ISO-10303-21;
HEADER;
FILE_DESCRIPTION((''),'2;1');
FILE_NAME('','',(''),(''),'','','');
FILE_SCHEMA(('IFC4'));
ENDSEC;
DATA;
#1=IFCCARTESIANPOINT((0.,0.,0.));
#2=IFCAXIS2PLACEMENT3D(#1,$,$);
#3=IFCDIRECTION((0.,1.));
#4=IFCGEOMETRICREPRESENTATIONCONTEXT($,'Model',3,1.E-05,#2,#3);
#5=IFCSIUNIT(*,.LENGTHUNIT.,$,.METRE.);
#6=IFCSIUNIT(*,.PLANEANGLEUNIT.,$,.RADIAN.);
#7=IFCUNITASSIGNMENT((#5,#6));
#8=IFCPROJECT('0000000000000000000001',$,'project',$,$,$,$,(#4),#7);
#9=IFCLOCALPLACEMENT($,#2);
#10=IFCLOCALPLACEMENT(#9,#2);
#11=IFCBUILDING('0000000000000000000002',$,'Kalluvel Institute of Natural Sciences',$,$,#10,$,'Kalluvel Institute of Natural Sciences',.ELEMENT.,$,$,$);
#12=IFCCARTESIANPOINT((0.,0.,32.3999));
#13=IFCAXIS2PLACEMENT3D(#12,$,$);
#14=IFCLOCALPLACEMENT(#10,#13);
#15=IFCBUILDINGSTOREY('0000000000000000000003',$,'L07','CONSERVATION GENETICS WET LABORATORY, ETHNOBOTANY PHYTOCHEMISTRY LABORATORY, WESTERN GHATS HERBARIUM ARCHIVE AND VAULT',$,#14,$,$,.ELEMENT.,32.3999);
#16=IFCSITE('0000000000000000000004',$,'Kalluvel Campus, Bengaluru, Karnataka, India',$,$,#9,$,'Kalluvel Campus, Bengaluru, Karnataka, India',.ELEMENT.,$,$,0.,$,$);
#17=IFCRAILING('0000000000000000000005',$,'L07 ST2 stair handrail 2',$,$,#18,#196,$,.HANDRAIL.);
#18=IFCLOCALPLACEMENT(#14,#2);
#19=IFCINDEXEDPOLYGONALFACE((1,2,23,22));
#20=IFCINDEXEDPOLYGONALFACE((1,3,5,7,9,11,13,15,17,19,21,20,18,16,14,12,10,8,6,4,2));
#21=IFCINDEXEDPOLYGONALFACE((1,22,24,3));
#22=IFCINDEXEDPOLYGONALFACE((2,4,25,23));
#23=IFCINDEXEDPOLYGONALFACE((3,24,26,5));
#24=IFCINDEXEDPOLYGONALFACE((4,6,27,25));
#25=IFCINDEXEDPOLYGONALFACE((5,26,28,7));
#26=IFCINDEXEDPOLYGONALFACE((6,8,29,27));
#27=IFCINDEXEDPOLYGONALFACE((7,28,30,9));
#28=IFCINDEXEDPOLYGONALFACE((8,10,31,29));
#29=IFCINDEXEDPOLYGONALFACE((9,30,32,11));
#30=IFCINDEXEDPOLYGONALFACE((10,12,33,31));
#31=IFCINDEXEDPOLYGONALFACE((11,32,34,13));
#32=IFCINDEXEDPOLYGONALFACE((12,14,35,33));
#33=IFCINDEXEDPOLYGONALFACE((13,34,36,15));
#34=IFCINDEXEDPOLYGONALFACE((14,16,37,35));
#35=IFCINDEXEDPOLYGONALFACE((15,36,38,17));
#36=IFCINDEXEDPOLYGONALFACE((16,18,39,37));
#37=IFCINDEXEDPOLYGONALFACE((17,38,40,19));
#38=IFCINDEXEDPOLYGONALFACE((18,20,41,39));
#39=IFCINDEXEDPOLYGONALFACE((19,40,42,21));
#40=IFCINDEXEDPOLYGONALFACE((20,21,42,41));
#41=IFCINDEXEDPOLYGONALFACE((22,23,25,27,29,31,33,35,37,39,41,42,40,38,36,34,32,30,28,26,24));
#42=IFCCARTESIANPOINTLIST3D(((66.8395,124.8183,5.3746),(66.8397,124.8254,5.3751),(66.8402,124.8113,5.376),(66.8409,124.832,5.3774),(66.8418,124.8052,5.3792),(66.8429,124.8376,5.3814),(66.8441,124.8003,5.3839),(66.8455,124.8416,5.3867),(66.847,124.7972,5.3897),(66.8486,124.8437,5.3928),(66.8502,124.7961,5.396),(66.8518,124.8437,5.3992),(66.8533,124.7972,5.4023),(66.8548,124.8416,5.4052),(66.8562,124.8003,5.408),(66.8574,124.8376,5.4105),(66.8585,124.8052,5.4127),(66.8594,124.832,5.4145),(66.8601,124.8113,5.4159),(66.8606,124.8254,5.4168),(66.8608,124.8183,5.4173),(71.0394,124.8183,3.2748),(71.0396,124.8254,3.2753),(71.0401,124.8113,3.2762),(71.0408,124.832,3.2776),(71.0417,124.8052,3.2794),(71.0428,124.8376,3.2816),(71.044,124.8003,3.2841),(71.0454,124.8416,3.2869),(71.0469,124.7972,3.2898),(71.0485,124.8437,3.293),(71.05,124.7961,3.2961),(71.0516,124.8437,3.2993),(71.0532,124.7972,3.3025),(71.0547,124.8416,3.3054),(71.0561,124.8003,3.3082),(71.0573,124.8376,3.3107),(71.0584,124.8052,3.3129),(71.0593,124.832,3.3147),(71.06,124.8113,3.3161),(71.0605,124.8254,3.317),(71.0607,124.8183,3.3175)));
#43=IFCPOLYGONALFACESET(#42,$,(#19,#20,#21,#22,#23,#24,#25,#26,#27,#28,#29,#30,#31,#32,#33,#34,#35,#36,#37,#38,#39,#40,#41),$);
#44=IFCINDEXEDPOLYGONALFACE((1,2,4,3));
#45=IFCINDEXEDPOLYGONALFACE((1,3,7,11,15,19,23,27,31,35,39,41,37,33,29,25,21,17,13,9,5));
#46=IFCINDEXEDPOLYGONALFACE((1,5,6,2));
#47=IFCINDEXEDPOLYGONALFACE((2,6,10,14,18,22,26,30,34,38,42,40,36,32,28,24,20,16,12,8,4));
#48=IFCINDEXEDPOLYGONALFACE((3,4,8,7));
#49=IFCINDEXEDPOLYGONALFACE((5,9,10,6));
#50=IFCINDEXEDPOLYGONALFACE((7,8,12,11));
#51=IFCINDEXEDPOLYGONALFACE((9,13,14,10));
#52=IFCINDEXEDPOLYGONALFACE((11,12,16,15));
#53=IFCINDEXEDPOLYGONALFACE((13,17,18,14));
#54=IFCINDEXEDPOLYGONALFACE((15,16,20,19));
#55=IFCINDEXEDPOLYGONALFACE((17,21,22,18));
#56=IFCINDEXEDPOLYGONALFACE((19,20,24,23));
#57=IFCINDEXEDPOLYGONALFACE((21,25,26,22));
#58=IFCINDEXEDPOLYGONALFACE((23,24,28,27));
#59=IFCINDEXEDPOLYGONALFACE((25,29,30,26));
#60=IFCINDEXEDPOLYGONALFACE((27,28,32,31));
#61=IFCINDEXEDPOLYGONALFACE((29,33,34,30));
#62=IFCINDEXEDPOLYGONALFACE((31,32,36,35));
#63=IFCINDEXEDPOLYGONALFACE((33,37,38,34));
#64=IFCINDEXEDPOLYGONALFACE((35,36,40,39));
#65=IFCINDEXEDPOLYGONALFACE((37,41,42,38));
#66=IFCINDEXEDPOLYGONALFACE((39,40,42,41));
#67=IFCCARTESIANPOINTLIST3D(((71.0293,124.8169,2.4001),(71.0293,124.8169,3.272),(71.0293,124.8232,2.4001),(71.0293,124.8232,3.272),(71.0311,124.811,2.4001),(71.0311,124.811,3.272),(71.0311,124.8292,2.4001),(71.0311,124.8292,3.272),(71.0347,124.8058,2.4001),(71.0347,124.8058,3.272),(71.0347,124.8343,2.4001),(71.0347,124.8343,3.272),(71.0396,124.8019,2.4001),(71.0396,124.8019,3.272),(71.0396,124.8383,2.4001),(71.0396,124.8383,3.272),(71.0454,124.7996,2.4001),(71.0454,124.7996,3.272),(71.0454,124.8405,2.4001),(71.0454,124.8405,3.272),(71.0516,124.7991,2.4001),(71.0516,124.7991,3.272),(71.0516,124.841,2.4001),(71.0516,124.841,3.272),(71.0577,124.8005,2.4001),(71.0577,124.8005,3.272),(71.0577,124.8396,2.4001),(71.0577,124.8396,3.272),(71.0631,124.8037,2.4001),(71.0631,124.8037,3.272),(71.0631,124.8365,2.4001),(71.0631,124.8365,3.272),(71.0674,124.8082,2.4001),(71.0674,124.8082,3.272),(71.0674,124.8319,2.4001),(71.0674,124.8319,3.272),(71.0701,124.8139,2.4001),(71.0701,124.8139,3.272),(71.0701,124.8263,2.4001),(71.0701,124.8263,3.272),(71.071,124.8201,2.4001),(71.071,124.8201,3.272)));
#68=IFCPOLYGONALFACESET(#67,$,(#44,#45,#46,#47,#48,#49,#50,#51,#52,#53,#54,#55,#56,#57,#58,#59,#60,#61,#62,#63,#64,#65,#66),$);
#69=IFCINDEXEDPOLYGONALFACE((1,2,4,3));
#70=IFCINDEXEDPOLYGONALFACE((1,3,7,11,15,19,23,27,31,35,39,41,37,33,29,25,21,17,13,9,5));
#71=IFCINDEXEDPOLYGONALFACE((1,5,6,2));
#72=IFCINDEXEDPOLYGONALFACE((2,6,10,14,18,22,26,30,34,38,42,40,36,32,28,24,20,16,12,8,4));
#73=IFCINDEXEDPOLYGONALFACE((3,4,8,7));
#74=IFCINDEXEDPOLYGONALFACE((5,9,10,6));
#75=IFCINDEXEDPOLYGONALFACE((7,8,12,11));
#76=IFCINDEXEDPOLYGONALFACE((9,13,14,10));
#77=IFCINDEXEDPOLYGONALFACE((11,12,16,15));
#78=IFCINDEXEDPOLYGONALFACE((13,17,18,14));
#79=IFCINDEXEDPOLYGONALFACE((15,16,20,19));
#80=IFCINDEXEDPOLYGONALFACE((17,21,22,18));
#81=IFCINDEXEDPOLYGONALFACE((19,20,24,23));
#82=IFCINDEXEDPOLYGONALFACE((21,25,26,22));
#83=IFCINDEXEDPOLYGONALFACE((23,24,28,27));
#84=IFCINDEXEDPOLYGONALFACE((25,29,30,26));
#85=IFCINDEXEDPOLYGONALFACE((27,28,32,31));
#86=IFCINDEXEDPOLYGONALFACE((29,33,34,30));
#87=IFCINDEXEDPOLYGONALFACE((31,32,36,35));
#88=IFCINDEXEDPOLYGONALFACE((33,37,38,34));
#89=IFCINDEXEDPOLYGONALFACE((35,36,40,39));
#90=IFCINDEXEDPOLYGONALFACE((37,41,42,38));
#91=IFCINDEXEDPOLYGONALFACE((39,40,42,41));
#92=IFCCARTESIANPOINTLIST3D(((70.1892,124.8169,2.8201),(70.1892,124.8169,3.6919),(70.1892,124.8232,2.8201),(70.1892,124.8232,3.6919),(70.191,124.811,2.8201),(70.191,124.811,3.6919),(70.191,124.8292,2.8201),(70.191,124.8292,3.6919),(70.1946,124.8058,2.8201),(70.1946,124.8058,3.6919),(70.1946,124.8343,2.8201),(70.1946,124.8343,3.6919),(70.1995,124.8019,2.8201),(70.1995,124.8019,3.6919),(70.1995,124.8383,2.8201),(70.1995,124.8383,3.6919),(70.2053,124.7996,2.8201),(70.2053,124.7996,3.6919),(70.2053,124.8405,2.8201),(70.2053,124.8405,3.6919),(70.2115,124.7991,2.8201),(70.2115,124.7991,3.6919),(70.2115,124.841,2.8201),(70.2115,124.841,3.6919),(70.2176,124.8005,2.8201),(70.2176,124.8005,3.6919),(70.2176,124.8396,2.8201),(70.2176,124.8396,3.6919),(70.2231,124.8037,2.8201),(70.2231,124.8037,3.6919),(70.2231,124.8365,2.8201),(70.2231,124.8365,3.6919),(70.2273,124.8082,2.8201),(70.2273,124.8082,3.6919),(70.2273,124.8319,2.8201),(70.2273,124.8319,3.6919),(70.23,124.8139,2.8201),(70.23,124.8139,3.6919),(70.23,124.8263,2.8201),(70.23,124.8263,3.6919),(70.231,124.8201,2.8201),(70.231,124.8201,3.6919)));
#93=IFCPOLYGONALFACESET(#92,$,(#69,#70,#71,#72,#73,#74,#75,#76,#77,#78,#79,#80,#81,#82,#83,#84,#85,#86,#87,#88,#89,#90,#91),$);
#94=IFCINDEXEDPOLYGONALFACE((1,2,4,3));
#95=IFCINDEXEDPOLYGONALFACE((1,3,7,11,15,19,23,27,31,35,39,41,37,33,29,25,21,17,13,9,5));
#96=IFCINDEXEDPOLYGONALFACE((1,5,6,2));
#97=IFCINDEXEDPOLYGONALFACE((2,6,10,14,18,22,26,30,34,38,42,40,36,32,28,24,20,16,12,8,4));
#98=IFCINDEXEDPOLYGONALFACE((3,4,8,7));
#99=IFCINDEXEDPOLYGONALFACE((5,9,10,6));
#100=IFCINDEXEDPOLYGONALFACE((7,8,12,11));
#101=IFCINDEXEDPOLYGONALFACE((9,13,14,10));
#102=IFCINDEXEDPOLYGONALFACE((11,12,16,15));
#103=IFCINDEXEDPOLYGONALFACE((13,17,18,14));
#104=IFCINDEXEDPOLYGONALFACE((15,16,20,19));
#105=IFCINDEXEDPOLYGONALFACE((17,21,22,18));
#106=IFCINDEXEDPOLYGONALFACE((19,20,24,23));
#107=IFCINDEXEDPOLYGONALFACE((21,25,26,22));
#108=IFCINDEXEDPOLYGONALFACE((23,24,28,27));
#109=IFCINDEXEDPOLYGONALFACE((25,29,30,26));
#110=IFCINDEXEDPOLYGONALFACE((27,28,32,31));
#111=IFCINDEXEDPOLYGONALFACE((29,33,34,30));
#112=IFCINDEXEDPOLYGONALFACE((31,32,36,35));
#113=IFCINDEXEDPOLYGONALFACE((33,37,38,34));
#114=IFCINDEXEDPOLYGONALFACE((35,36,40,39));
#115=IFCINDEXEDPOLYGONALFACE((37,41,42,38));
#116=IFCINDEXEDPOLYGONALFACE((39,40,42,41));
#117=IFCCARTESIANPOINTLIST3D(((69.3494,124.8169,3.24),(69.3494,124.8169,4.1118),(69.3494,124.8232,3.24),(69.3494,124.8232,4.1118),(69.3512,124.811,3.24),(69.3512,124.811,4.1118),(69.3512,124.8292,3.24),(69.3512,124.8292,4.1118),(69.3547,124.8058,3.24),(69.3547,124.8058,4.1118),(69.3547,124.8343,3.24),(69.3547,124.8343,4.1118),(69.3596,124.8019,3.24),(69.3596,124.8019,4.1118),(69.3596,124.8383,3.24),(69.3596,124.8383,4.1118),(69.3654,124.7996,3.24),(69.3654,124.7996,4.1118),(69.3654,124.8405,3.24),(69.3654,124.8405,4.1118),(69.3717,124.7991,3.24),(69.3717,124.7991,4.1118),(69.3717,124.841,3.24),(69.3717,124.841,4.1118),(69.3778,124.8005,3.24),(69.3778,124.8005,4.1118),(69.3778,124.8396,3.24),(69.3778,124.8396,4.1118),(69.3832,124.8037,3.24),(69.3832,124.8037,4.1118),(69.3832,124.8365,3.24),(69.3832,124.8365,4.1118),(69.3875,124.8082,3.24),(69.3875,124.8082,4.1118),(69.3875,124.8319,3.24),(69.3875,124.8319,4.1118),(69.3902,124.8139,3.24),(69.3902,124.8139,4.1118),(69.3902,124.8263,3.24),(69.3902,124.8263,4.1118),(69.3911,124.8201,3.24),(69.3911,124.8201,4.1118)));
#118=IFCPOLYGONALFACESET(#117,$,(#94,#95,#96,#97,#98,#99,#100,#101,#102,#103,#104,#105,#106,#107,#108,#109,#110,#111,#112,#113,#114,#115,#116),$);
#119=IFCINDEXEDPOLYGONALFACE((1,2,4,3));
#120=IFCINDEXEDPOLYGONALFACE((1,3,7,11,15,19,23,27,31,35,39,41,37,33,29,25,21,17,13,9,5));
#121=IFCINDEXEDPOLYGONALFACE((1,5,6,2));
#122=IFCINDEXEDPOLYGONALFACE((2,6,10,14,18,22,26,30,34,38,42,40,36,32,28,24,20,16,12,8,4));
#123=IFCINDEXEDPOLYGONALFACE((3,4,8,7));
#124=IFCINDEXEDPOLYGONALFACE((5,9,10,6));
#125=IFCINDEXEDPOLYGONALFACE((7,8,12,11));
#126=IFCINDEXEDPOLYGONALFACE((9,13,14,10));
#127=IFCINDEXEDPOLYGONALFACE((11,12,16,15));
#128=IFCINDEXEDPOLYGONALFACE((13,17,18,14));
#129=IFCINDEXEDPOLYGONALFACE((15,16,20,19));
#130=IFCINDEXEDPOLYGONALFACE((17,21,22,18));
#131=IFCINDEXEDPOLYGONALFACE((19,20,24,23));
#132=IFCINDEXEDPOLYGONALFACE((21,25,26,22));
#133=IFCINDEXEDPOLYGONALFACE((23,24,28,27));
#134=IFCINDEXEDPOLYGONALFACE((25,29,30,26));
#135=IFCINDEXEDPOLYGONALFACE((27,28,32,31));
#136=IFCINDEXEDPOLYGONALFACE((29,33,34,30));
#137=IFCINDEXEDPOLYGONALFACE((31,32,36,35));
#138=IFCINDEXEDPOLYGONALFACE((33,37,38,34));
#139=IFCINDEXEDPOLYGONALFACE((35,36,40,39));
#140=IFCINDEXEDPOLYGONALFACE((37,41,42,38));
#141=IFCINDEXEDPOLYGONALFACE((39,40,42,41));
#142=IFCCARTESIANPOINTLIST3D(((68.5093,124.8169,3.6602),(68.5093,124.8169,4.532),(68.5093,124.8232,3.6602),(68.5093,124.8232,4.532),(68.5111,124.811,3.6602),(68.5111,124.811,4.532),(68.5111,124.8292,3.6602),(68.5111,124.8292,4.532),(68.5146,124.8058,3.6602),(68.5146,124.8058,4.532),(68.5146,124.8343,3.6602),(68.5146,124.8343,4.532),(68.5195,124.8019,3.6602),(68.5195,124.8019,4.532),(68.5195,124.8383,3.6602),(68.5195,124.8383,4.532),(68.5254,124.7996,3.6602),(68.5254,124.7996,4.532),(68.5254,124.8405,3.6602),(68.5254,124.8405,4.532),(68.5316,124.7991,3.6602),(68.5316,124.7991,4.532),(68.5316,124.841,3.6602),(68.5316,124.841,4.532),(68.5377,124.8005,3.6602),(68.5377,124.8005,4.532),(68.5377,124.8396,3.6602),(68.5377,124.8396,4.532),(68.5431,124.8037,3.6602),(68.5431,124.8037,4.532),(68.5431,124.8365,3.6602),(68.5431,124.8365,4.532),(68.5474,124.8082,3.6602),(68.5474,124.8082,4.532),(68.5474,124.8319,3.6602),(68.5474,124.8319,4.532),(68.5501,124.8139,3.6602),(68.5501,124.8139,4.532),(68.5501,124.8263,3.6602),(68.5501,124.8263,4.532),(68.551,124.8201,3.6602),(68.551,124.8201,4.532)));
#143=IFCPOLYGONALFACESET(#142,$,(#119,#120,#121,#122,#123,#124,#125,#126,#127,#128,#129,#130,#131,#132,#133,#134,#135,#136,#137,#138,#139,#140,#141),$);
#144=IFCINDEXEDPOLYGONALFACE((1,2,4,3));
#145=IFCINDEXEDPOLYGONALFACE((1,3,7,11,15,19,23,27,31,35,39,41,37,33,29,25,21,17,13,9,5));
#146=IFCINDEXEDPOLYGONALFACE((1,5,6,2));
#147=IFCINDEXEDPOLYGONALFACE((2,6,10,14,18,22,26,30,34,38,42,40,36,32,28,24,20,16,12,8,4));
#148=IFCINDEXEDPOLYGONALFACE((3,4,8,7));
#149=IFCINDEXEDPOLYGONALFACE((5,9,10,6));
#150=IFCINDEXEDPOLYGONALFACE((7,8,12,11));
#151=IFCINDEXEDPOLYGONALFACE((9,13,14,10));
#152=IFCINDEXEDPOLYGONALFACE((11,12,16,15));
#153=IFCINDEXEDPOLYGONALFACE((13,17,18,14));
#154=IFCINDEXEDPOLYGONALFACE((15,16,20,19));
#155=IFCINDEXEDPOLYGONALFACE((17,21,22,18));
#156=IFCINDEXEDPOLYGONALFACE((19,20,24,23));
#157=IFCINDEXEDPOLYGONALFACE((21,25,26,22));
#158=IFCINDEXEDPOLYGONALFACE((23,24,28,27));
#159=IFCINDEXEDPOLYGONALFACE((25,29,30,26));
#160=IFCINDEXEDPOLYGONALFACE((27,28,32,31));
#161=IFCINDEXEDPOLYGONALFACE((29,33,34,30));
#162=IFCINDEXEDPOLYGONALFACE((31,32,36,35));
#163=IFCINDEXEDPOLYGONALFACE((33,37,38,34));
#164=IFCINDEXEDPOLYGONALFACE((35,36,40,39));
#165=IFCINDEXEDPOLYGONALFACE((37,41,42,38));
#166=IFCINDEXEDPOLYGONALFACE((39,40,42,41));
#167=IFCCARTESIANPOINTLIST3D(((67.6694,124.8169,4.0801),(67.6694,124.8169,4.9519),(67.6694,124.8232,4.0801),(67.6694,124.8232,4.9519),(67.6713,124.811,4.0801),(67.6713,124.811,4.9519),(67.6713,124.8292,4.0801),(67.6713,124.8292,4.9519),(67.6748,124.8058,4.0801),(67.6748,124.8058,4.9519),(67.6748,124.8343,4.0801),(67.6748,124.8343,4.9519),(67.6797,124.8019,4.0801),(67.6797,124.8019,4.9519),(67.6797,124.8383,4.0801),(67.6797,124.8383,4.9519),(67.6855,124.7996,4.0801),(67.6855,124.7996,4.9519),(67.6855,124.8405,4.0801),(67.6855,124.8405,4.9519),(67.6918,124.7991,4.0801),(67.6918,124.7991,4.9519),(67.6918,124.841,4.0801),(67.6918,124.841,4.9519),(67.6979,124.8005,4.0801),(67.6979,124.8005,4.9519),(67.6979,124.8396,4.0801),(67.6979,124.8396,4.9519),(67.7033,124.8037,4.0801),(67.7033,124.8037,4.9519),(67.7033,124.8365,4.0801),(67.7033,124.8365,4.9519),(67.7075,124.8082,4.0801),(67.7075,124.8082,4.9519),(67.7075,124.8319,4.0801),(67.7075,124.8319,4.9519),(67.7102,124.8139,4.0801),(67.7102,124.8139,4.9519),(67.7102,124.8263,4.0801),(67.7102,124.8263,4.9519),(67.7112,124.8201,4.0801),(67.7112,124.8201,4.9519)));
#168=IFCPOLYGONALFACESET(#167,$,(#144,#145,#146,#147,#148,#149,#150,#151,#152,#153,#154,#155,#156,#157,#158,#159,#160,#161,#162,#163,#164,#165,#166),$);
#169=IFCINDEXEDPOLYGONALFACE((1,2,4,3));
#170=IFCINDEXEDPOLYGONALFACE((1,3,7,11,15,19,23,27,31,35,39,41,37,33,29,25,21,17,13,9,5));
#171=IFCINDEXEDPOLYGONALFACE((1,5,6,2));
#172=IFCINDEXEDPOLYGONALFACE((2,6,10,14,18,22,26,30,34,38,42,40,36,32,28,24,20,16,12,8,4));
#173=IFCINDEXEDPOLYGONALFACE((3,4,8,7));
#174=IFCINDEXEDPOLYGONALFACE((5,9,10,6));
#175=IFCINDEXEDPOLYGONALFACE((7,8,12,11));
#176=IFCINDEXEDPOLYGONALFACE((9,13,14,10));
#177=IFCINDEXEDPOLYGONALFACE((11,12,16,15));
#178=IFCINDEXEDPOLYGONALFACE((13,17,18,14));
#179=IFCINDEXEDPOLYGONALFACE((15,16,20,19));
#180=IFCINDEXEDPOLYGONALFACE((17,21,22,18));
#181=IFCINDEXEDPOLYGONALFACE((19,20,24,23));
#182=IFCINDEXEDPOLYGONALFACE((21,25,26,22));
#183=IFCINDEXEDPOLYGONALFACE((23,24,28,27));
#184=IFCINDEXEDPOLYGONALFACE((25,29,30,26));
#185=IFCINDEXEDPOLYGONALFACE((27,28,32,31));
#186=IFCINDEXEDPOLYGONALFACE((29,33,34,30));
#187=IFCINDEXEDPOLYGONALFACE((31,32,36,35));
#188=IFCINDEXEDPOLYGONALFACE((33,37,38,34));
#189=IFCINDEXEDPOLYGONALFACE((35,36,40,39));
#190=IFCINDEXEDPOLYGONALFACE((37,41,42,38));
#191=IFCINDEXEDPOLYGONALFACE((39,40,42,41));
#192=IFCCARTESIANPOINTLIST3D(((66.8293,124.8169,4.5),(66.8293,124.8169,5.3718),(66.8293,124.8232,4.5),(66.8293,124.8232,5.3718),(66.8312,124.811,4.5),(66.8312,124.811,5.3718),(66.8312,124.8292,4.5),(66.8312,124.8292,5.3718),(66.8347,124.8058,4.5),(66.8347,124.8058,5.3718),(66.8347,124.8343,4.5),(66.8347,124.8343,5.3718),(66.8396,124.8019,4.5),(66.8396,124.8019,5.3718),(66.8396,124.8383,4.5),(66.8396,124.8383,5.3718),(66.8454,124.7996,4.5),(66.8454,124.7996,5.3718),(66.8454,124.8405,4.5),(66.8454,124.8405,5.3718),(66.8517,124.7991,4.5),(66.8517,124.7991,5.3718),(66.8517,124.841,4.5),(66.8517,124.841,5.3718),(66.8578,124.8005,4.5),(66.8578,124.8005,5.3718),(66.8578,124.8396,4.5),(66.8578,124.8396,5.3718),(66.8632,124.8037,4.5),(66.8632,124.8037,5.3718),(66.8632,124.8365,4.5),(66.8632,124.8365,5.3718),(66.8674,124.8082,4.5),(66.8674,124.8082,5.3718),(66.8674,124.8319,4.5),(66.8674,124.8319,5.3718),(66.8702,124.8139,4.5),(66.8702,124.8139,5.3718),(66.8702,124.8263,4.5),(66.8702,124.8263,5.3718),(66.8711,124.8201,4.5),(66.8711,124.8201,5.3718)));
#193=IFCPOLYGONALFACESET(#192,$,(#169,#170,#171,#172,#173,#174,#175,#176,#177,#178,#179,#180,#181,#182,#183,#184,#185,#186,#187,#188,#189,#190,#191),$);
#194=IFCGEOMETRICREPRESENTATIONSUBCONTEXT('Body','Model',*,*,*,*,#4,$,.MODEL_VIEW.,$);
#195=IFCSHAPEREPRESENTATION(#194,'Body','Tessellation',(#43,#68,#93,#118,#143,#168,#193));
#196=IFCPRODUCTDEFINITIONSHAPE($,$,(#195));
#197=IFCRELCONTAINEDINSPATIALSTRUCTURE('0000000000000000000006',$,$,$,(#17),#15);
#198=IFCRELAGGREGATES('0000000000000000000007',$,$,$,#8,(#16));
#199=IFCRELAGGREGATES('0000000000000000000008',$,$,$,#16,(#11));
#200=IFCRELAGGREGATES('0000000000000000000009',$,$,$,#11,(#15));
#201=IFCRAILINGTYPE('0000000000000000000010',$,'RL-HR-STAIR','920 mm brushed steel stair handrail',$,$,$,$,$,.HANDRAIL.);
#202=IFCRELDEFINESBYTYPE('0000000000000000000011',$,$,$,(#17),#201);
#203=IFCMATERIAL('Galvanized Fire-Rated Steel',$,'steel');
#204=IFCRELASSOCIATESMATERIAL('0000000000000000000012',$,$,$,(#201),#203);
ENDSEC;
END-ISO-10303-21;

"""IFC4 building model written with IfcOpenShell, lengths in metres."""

from ifc_helpers import new_model, si_unit, direction, frame, origin, origin_2d, place, context, subcontext, project, spatial, circle, extrude, material, type_object, element, save


model = new_model("IFC4")

# Units and contexts
model_context = context("Model", 3, precision=1e-05, world=origin(), true_north=direction((0.0, 1.0)))
body_context = subcontext(model_context, "Body", "Model", "MODEL_VIEW")
ifc_project = project(units=[si_unit("LENGTHUNIT", "METRE"), si_unit("PLANEANGLEUNIT", "RADIAN")], contexts=[model_context])

# Site, building, storey
site_placement = place(None, origin())
site = spatial("IfcSite", under=ifc_project, at=site_placement, Name="Kalluvel Campus, Bengaluru, Karnataka, India", LongName="Kalluvel Campus, Bengaluru, Karnataka, India", CompositionType="ELEMENT", RefElevation=0.0)
building_placement = place(site_placement, origin())
building = spatial("IfcBuilding", under=site, at=building_placement, Name="Kalluvel Institute of Natural Sciences", LongName="Kalluvel Institute of Natural Sciences", CompositionType="ELEMENT")
storey_placement = place(building_placement, frame((0.0, 0.0, 32.3999)))
storey = spatial("IfcBuildingStorey", under=building, at=storey_placement, Name="L07", Description="CONSERVATION GENETICS WET LABORATORY, ETHNOBOTANY PHYTOCHEMISTRY LABORATORY, WESTERN GHATS HERBARIUM ARCHIVE AND VAULT", CompositionType="ELEMENT", Elevation=32.3999)

# Shared definitions
ifc_material_1 = material(Name="Galvanized Fire-Rated Steel", Category="steel")

# Railing
railing_type_1 = type_object("IfcRailingType", Name="RL-HR-STAIR", Description="920 mm brushed steel stair handrail", PredefinedType="HANDRAIL", material=ifc_material_1)
railing_1_placement = place(storey_placement, frame((71.05, 124.8201, 2.4001)))
element("IfcRailing", 1, at=railing_1_placement, inside=storey, type_object=railing_type_1, Name="L07 ST2 stair handrail 2", PredefinedType="HANDRAIL", context=body_context, shape_type="SweptSolid", body=[
    extrude(circle(Radius=0.0239, at=origin_2d()), frame((0.0, 0.0, 0.896), z_axis=(-0.894438, 0.0, 0.447193), x_axis=(0.0, -1.0, 0.0)), (0.0, 0.0, 1.0), 4.6956),
    extrude(circle(Radius=0.021, at=origin_2d()), origin(), (0.0, 0.0, 1.0), 0.8718),
    extrude(circle(Radius=0.021, at=origin_2d()), frame((-0.8401, 0.0, 0.4199)), (0.0, 0.0, 1.0), 0.8718),
    extrude(circle(Radius=0.021, at=origin_2d()), frame((-1.6799, 0.0, 0.8398)), (0.0, 0.0, 1.0), 0.8718),
    extrude(circle(Radius=0.021, at=origin_2d()), frame((-2.52, 0.0, 1.26)), (0.0, 0.0, 1.0), 0.8718),
    extrude(circle(Radius=0.021, at=origin_2d()), frame((-3.3599, 0.0, 1.6799)), (0.0, 0.0, 1.0), 0.8718),
    extrude(circle(Radius=0.021, at=origin_2d()), frame((-4.2, 0.0, 2.0999)), (0.0, 0.0, 1.0), 0.8718),
])

save(model, "model.ifc")
